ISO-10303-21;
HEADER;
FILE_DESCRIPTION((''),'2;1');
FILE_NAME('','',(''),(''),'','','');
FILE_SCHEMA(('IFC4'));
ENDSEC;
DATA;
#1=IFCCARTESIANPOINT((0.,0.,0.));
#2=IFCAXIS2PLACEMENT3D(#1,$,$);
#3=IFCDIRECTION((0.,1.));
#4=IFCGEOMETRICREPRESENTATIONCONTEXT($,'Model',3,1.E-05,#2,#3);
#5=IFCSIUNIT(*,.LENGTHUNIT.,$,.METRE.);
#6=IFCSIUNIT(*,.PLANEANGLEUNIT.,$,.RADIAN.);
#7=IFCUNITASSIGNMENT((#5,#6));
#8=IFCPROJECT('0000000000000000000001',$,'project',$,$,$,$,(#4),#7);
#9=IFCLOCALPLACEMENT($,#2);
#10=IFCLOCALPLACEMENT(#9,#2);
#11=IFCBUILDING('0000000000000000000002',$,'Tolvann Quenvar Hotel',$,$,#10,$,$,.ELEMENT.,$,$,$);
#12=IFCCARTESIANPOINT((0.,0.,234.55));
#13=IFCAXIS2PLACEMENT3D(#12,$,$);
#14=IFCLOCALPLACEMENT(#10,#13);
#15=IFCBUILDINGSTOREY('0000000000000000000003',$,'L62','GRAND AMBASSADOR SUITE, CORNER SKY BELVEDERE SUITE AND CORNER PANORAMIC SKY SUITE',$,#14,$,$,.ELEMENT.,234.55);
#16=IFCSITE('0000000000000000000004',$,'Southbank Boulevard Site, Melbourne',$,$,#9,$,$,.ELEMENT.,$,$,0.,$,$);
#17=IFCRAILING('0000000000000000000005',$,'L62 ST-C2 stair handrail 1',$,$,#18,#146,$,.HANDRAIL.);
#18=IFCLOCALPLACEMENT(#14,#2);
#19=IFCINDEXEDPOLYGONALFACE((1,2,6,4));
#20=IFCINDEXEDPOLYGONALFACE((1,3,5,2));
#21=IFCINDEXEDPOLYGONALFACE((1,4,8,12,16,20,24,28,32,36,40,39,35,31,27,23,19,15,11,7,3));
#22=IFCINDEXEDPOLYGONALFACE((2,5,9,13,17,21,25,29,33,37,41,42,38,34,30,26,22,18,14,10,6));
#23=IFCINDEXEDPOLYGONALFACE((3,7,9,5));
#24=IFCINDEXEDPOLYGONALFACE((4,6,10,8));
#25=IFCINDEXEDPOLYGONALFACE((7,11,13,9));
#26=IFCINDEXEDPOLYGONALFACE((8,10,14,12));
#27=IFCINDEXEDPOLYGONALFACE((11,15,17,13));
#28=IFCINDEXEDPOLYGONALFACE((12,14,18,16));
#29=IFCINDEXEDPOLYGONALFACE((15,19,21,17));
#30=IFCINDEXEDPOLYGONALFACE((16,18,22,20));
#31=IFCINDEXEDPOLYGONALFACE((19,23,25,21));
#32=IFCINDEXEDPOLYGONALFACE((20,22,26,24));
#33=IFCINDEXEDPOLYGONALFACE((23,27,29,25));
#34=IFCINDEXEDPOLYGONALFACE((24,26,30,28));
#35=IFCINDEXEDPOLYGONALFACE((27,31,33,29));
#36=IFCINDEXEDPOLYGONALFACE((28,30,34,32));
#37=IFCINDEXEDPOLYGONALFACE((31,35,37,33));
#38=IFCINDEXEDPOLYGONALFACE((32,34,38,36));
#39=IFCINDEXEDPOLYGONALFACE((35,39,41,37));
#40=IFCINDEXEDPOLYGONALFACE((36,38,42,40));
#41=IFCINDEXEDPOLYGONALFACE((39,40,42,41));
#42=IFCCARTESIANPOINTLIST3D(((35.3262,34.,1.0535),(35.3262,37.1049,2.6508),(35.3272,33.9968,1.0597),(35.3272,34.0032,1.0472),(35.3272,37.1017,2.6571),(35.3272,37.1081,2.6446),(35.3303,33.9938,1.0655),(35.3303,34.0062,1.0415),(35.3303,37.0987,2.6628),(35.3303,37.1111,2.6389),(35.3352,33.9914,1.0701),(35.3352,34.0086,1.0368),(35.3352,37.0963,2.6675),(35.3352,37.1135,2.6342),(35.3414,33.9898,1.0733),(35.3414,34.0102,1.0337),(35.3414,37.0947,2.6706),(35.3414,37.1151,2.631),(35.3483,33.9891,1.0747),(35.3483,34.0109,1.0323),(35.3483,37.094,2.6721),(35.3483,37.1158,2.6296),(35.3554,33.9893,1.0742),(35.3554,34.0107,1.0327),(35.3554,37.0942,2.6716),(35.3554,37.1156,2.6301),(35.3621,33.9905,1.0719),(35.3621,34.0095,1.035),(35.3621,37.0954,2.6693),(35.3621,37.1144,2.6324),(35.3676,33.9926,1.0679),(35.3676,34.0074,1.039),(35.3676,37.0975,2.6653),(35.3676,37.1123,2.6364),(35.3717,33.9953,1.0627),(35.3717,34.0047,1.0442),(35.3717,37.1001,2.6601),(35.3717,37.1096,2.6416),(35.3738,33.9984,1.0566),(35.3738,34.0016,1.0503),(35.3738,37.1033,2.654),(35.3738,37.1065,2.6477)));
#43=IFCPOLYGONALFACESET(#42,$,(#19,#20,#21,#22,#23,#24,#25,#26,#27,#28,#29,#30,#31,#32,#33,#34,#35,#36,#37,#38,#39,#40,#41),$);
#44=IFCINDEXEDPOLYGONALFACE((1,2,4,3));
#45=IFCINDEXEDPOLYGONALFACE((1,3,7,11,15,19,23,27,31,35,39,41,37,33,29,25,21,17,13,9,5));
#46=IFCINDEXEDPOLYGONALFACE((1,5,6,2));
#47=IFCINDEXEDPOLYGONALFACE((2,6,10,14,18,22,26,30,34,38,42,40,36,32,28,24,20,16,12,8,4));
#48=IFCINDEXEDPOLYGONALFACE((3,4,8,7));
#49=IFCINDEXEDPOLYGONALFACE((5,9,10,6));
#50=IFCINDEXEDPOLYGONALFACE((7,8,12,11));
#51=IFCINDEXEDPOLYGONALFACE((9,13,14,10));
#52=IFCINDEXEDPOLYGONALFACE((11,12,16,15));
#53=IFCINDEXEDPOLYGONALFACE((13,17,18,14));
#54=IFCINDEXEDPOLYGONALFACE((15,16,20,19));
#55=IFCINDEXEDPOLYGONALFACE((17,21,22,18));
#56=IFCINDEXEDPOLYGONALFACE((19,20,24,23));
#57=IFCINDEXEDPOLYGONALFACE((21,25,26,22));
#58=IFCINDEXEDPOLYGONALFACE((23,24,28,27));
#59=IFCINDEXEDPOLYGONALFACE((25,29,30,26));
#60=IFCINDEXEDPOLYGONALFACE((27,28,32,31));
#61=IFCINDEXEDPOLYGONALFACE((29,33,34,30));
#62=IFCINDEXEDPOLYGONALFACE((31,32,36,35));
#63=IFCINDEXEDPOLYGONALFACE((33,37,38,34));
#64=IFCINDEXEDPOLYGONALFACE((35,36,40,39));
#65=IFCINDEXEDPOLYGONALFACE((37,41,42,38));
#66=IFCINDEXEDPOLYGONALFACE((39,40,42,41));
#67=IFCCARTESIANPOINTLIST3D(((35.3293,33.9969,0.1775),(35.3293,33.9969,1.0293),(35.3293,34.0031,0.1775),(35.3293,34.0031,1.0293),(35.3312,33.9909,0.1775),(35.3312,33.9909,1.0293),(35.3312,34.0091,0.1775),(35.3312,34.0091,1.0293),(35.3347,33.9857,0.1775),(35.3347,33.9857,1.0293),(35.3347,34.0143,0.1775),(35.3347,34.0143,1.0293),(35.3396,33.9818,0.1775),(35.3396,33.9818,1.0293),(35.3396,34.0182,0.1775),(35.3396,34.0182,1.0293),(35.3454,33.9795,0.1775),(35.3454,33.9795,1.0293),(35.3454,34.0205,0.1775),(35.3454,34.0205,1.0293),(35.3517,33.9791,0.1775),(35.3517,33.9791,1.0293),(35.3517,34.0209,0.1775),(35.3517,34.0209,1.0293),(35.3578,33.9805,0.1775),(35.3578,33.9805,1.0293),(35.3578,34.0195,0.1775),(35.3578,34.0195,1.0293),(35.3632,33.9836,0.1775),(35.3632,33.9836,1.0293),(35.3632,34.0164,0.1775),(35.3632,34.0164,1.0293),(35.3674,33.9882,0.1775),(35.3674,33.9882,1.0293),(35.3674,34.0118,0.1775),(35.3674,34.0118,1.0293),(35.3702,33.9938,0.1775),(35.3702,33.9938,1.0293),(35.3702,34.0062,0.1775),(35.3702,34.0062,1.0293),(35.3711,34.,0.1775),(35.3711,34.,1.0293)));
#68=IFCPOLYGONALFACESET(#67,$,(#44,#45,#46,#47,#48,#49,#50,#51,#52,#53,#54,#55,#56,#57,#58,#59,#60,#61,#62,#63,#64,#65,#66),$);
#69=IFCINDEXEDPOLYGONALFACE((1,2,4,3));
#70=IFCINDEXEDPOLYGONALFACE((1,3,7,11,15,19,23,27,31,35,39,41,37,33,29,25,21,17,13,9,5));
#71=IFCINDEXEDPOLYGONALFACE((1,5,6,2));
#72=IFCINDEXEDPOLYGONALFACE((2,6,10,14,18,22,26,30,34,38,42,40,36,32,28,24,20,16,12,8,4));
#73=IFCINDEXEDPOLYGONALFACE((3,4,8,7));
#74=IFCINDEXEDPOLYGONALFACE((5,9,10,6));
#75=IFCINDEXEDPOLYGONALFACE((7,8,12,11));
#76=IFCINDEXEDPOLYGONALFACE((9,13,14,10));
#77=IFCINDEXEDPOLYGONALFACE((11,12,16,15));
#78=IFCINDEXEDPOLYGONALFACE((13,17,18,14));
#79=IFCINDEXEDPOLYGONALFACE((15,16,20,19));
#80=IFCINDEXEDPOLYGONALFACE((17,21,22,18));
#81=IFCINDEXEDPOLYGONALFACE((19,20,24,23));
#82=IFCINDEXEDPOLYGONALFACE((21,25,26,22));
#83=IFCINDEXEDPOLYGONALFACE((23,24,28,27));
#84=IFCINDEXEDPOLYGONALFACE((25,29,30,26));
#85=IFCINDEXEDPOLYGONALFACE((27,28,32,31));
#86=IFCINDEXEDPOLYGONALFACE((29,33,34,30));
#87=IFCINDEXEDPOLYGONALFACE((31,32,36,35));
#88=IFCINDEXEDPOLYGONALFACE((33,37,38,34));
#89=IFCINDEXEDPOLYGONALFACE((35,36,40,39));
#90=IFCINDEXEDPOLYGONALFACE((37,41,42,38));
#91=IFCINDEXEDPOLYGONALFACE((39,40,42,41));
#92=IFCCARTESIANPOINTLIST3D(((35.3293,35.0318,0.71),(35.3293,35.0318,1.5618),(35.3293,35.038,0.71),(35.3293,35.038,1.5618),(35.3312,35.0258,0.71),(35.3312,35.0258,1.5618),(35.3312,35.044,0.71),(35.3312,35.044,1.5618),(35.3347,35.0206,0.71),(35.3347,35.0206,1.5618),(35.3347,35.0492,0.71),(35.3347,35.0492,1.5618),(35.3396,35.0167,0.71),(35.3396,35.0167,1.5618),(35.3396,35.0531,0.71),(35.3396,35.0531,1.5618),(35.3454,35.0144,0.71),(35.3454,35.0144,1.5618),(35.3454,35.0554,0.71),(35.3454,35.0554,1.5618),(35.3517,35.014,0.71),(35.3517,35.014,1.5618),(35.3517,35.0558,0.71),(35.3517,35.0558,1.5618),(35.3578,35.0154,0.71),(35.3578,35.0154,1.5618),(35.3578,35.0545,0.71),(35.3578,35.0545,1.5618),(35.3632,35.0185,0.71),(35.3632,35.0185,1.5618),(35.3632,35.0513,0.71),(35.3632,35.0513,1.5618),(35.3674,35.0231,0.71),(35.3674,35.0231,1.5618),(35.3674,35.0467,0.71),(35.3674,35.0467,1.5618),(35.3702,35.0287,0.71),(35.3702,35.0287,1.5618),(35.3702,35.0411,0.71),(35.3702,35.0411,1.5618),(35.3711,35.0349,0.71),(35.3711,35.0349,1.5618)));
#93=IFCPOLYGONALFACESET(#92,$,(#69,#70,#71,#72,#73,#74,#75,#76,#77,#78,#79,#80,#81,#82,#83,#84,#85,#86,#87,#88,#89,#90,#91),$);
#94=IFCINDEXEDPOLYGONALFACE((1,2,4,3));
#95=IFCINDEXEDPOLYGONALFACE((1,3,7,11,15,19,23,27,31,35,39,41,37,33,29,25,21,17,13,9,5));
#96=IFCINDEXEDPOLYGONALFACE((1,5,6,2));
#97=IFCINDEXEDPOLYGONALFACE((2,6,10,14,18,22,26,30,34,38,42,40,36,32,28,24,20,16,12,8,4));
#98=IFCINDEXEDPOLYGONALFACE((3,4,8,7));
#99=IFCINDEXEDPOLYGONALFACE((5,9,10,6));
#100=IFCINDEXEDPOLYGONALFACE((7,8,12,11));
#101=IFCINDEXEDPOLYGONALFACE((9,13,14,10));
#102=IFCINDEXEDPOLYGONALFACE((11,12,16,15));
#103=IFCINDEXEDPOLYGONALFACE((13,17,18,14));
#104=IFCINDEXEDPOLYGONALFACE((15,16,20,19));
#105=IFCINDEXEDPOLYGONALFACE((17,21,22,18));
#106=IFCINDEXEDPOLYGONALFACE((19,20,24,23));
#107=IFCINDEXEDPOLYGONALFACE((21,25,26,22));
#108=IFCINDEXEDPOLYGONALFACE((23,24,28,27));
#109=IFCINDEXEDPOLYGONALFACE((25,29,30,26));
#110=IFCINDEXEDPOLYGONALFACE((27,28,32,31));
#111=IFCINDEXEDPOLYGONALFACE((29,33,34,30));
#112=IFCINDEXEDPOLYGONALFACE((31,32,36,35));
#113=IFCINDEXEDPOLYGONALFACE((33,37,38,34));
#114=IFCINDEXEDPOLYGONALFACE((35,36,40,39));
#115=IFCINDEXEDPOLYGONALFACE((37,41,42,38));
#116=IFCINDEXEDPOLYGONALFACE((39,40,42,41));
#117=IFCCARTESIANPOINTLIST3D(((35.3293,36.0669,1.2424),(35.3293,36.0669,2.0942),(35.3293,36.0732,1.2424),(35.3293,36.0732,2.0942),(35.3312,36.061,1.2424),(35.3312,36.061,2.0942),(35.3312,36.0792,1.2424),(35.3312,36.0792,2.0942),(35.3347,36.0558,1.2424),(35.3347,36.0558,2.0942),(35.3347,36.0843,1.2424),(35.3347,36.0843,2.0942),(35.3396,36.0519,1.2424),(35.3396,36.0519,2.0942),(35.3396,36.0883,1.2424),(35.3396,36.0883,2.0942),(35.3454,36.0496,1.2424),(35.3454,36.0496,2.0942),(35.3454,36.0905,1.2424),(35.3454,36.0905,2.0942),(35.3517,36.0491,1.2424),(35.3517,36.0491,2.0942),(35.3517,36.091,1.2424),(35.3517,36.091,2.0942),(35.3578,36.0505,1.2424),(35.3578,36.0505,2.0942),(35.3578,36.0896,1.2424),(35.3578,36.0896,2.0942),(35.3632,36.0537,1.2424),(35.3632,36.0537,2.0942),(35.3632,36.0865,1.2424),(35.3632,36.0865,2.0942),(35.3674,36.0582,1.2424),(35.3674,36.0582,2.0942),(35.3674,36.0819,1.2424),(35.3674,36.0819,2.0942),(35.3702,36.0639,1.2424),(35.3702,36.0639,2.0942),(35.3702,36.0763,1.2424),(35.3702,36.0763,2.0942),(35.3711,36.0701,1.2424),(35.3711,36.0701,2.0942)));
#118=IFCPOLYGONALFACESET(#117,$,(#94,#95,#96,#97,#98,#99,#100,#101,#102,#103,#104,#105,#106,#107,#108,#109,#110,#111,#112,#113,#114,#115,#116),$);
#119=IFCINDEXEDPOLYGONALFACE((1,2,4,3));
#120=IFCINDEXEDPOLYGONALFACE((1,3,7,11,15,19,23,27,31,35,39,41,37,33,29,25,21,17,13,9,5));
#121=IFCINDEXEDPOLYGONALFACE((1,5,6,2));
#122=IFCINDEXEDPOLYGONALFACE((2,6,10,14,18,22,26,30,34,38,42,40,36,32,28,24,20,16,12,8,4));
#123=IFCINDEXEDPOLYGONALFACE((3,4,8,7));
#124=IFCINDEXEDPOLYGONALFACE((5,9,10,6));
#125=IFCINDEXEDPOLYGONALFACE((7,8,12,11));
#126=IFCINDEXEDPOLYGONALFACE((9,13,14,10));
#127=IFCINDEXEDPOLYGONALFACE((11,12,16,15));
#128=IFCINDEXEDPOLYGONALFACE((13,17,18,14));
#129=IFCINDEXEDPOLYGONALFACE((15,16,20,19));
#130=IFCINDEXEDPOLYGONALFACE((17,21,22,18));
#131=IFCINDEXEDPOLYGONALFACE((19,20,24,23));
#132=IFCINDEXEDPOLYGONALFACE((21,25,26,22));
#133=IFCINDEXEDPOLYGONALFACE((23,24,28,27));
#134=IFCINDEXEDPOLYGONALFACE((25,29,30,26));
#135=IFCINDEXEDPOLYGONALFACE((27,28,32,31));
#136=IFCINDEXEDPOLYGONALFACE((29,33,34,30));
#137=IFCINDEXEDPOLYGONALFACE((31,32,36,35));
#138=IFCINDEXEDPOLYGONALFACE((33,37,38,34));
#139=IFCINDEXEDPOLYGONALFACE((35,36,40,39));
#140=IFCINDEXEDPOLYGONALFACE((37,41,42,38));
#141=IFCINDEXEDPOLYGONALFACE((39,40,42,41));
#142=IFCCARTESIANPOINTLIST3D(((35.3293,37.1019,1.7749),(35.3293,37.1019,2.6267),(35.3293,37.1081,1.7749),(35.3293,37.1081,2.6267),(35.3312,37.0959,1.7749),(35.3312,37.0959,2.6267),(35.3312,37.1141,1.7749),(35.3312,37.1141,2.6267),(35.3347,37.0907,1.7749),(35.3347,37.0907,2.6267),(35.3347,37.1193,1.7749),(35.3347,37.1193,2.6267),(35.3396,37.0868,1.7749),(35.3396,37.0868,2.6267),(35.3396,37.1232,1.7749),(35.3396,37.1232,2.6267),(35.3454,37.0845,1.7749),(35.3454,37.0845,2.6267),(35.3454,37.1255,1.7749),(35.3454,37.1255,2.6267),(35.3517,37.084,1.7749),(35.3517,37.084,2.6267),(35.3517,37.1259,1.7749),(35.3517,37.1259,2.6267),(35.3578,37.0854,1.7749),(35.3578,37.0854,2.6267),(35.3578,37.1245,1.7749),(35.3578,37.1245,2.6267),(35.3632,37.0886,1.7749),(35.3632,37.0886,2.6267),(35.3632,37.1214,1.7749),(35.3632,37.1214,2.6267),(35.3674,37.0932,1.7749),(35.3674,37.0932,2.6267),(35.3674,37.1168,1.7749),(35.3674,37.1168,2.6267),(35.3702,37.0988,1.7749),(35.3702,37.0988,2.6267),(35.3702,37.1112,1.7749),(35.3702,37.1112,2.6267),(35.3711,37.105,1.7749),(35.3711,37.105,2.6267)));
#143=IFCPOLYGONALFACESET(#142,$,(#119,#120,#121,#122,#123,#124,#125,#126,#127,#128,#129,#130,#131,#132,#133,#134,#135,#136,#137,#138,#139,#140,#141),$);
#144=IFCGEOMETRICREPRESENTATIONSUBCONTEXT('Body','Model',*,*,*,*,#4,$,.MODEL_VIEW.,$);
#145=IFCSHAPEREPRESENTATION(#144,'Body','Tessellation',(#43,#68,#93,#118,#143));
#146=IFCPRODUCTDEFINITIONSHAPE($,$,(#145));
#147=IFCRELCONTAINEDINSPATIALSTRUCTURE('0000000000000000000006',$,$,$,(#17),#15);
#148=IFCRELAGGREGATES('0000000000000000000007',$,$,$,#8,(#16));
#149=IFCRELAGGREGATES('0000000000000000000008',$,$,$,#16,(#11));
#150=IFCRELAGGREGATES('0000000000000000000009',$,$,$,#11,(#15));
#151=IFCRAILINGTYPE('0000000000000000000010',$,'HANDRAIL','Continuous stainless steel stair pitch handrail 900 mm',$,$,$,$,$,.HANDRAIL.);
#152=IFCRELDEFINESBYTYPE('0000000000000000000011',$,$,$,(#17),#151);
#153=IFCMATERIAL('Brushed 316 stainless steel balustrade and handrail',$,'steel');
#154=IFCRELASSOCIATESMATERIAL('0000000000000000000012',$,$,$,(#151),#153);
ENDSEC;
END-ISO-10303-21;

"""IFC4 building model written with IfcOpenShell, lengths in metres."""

from ifc_helpers import new_model, si_unit, direction, frame, origin, origin_2d, place, context, subcontext, project, spatial, circle, extrude, material, type_object, element, save


model = new_model("IFC4")

# Units and contexts
model_context = context("Model", 3, precision=1e-05, world=origin(), true_north=direction((0.0, 1.0)))
body_context = subcontext(model_context, "Body", "Model", "MODEL_VIEW")
ifc_project = project(units=[si_unit("LENGTHUNIT", "METRE"), si_unit("PLANEANGLEUNIT", "RADIAN")], contexts=[model_context])

# Site, building, storey
site_placement = place(None, origin())
site = spatial("IfcSite", under=ifc_project, at=site_placement, Name="Southbank Boulevard Site, Melbourne", CompositionType="ELEMENT", RefElevation=0.0)
building_placement = place(site_placement, origin())
building = spatial("IfcBuilding", under=site, at=building_placement, Name="Tolvann Quenvar Hotel", CompositionType="ELEMENT")
storey_placement = place(building_placement, frame((0.0, 0.0, 234.55)))
storey = spatial("IfcBuildingStorey", under=building, at=storey_placement, Name="L62", Description="GRAND AMBASSADOR SUITE, CORNER SKY BELVEDERE SUITE AND CORNER PANORAMIC SKY SUITE", CompositionType="ELEMENT", Elevation=234.55)

# Railing
ifc_material_1 = material(Name="Brushed 316 stainless steel balustrade and handrail", Category="steel")
railing_type_1 = type_object("IfcRailingType", Name="HANDRAIL", Description="Continuous stainless steel stair pitch handrail 900 mm", PredefinedType="HANDRAIL", material=ifc_material_1)
railing_1_placement = place(storey_placement, frame((35.3501, 34.0, 0.1775)))
element("IfcRailing", 1, at=railing_1_placement, inside=storey, type_object=railing_type_1, Name="L62 ST-C2 stair handrail 1", PredefinedType="HANDRAIL", context=body_context, shape_type="SweptSolid", body=[
    extrude(circle(Radius=0.0239, at=origin_2d()), frame((0.0, 0.0, 0.876), z_axis=(0.0, 0.889222, 0.457476), x_axis=(-1.0, 0.0, 0.0)), (0.0, 0.0, 1.0), 3.4917),
    extrude(circle(Radius=0.021, at=origin_2d()), origin(), (0.0, 0.0, 1.0), 0.8518),
    extrude(circle(Radius=0.021, at=origin_2d()), frame((0.0, 1.0349, 0.5325)), (0.0, 0.0, 1.0), 0.8518),
    extrude(circle(Radius=0.021, at=origin_2d()), frame((0.0, 2.0701, 1.0649)), (0.0, 0.0, 1.0), 0.8518),
    extrude(circle(Radius=0.021, at=origin_2d()), frame((0.0, 3.105, 1.5974)), (0.0, 0.0, 1.0), 0.8518),
])

save(model, "model.ifc")
